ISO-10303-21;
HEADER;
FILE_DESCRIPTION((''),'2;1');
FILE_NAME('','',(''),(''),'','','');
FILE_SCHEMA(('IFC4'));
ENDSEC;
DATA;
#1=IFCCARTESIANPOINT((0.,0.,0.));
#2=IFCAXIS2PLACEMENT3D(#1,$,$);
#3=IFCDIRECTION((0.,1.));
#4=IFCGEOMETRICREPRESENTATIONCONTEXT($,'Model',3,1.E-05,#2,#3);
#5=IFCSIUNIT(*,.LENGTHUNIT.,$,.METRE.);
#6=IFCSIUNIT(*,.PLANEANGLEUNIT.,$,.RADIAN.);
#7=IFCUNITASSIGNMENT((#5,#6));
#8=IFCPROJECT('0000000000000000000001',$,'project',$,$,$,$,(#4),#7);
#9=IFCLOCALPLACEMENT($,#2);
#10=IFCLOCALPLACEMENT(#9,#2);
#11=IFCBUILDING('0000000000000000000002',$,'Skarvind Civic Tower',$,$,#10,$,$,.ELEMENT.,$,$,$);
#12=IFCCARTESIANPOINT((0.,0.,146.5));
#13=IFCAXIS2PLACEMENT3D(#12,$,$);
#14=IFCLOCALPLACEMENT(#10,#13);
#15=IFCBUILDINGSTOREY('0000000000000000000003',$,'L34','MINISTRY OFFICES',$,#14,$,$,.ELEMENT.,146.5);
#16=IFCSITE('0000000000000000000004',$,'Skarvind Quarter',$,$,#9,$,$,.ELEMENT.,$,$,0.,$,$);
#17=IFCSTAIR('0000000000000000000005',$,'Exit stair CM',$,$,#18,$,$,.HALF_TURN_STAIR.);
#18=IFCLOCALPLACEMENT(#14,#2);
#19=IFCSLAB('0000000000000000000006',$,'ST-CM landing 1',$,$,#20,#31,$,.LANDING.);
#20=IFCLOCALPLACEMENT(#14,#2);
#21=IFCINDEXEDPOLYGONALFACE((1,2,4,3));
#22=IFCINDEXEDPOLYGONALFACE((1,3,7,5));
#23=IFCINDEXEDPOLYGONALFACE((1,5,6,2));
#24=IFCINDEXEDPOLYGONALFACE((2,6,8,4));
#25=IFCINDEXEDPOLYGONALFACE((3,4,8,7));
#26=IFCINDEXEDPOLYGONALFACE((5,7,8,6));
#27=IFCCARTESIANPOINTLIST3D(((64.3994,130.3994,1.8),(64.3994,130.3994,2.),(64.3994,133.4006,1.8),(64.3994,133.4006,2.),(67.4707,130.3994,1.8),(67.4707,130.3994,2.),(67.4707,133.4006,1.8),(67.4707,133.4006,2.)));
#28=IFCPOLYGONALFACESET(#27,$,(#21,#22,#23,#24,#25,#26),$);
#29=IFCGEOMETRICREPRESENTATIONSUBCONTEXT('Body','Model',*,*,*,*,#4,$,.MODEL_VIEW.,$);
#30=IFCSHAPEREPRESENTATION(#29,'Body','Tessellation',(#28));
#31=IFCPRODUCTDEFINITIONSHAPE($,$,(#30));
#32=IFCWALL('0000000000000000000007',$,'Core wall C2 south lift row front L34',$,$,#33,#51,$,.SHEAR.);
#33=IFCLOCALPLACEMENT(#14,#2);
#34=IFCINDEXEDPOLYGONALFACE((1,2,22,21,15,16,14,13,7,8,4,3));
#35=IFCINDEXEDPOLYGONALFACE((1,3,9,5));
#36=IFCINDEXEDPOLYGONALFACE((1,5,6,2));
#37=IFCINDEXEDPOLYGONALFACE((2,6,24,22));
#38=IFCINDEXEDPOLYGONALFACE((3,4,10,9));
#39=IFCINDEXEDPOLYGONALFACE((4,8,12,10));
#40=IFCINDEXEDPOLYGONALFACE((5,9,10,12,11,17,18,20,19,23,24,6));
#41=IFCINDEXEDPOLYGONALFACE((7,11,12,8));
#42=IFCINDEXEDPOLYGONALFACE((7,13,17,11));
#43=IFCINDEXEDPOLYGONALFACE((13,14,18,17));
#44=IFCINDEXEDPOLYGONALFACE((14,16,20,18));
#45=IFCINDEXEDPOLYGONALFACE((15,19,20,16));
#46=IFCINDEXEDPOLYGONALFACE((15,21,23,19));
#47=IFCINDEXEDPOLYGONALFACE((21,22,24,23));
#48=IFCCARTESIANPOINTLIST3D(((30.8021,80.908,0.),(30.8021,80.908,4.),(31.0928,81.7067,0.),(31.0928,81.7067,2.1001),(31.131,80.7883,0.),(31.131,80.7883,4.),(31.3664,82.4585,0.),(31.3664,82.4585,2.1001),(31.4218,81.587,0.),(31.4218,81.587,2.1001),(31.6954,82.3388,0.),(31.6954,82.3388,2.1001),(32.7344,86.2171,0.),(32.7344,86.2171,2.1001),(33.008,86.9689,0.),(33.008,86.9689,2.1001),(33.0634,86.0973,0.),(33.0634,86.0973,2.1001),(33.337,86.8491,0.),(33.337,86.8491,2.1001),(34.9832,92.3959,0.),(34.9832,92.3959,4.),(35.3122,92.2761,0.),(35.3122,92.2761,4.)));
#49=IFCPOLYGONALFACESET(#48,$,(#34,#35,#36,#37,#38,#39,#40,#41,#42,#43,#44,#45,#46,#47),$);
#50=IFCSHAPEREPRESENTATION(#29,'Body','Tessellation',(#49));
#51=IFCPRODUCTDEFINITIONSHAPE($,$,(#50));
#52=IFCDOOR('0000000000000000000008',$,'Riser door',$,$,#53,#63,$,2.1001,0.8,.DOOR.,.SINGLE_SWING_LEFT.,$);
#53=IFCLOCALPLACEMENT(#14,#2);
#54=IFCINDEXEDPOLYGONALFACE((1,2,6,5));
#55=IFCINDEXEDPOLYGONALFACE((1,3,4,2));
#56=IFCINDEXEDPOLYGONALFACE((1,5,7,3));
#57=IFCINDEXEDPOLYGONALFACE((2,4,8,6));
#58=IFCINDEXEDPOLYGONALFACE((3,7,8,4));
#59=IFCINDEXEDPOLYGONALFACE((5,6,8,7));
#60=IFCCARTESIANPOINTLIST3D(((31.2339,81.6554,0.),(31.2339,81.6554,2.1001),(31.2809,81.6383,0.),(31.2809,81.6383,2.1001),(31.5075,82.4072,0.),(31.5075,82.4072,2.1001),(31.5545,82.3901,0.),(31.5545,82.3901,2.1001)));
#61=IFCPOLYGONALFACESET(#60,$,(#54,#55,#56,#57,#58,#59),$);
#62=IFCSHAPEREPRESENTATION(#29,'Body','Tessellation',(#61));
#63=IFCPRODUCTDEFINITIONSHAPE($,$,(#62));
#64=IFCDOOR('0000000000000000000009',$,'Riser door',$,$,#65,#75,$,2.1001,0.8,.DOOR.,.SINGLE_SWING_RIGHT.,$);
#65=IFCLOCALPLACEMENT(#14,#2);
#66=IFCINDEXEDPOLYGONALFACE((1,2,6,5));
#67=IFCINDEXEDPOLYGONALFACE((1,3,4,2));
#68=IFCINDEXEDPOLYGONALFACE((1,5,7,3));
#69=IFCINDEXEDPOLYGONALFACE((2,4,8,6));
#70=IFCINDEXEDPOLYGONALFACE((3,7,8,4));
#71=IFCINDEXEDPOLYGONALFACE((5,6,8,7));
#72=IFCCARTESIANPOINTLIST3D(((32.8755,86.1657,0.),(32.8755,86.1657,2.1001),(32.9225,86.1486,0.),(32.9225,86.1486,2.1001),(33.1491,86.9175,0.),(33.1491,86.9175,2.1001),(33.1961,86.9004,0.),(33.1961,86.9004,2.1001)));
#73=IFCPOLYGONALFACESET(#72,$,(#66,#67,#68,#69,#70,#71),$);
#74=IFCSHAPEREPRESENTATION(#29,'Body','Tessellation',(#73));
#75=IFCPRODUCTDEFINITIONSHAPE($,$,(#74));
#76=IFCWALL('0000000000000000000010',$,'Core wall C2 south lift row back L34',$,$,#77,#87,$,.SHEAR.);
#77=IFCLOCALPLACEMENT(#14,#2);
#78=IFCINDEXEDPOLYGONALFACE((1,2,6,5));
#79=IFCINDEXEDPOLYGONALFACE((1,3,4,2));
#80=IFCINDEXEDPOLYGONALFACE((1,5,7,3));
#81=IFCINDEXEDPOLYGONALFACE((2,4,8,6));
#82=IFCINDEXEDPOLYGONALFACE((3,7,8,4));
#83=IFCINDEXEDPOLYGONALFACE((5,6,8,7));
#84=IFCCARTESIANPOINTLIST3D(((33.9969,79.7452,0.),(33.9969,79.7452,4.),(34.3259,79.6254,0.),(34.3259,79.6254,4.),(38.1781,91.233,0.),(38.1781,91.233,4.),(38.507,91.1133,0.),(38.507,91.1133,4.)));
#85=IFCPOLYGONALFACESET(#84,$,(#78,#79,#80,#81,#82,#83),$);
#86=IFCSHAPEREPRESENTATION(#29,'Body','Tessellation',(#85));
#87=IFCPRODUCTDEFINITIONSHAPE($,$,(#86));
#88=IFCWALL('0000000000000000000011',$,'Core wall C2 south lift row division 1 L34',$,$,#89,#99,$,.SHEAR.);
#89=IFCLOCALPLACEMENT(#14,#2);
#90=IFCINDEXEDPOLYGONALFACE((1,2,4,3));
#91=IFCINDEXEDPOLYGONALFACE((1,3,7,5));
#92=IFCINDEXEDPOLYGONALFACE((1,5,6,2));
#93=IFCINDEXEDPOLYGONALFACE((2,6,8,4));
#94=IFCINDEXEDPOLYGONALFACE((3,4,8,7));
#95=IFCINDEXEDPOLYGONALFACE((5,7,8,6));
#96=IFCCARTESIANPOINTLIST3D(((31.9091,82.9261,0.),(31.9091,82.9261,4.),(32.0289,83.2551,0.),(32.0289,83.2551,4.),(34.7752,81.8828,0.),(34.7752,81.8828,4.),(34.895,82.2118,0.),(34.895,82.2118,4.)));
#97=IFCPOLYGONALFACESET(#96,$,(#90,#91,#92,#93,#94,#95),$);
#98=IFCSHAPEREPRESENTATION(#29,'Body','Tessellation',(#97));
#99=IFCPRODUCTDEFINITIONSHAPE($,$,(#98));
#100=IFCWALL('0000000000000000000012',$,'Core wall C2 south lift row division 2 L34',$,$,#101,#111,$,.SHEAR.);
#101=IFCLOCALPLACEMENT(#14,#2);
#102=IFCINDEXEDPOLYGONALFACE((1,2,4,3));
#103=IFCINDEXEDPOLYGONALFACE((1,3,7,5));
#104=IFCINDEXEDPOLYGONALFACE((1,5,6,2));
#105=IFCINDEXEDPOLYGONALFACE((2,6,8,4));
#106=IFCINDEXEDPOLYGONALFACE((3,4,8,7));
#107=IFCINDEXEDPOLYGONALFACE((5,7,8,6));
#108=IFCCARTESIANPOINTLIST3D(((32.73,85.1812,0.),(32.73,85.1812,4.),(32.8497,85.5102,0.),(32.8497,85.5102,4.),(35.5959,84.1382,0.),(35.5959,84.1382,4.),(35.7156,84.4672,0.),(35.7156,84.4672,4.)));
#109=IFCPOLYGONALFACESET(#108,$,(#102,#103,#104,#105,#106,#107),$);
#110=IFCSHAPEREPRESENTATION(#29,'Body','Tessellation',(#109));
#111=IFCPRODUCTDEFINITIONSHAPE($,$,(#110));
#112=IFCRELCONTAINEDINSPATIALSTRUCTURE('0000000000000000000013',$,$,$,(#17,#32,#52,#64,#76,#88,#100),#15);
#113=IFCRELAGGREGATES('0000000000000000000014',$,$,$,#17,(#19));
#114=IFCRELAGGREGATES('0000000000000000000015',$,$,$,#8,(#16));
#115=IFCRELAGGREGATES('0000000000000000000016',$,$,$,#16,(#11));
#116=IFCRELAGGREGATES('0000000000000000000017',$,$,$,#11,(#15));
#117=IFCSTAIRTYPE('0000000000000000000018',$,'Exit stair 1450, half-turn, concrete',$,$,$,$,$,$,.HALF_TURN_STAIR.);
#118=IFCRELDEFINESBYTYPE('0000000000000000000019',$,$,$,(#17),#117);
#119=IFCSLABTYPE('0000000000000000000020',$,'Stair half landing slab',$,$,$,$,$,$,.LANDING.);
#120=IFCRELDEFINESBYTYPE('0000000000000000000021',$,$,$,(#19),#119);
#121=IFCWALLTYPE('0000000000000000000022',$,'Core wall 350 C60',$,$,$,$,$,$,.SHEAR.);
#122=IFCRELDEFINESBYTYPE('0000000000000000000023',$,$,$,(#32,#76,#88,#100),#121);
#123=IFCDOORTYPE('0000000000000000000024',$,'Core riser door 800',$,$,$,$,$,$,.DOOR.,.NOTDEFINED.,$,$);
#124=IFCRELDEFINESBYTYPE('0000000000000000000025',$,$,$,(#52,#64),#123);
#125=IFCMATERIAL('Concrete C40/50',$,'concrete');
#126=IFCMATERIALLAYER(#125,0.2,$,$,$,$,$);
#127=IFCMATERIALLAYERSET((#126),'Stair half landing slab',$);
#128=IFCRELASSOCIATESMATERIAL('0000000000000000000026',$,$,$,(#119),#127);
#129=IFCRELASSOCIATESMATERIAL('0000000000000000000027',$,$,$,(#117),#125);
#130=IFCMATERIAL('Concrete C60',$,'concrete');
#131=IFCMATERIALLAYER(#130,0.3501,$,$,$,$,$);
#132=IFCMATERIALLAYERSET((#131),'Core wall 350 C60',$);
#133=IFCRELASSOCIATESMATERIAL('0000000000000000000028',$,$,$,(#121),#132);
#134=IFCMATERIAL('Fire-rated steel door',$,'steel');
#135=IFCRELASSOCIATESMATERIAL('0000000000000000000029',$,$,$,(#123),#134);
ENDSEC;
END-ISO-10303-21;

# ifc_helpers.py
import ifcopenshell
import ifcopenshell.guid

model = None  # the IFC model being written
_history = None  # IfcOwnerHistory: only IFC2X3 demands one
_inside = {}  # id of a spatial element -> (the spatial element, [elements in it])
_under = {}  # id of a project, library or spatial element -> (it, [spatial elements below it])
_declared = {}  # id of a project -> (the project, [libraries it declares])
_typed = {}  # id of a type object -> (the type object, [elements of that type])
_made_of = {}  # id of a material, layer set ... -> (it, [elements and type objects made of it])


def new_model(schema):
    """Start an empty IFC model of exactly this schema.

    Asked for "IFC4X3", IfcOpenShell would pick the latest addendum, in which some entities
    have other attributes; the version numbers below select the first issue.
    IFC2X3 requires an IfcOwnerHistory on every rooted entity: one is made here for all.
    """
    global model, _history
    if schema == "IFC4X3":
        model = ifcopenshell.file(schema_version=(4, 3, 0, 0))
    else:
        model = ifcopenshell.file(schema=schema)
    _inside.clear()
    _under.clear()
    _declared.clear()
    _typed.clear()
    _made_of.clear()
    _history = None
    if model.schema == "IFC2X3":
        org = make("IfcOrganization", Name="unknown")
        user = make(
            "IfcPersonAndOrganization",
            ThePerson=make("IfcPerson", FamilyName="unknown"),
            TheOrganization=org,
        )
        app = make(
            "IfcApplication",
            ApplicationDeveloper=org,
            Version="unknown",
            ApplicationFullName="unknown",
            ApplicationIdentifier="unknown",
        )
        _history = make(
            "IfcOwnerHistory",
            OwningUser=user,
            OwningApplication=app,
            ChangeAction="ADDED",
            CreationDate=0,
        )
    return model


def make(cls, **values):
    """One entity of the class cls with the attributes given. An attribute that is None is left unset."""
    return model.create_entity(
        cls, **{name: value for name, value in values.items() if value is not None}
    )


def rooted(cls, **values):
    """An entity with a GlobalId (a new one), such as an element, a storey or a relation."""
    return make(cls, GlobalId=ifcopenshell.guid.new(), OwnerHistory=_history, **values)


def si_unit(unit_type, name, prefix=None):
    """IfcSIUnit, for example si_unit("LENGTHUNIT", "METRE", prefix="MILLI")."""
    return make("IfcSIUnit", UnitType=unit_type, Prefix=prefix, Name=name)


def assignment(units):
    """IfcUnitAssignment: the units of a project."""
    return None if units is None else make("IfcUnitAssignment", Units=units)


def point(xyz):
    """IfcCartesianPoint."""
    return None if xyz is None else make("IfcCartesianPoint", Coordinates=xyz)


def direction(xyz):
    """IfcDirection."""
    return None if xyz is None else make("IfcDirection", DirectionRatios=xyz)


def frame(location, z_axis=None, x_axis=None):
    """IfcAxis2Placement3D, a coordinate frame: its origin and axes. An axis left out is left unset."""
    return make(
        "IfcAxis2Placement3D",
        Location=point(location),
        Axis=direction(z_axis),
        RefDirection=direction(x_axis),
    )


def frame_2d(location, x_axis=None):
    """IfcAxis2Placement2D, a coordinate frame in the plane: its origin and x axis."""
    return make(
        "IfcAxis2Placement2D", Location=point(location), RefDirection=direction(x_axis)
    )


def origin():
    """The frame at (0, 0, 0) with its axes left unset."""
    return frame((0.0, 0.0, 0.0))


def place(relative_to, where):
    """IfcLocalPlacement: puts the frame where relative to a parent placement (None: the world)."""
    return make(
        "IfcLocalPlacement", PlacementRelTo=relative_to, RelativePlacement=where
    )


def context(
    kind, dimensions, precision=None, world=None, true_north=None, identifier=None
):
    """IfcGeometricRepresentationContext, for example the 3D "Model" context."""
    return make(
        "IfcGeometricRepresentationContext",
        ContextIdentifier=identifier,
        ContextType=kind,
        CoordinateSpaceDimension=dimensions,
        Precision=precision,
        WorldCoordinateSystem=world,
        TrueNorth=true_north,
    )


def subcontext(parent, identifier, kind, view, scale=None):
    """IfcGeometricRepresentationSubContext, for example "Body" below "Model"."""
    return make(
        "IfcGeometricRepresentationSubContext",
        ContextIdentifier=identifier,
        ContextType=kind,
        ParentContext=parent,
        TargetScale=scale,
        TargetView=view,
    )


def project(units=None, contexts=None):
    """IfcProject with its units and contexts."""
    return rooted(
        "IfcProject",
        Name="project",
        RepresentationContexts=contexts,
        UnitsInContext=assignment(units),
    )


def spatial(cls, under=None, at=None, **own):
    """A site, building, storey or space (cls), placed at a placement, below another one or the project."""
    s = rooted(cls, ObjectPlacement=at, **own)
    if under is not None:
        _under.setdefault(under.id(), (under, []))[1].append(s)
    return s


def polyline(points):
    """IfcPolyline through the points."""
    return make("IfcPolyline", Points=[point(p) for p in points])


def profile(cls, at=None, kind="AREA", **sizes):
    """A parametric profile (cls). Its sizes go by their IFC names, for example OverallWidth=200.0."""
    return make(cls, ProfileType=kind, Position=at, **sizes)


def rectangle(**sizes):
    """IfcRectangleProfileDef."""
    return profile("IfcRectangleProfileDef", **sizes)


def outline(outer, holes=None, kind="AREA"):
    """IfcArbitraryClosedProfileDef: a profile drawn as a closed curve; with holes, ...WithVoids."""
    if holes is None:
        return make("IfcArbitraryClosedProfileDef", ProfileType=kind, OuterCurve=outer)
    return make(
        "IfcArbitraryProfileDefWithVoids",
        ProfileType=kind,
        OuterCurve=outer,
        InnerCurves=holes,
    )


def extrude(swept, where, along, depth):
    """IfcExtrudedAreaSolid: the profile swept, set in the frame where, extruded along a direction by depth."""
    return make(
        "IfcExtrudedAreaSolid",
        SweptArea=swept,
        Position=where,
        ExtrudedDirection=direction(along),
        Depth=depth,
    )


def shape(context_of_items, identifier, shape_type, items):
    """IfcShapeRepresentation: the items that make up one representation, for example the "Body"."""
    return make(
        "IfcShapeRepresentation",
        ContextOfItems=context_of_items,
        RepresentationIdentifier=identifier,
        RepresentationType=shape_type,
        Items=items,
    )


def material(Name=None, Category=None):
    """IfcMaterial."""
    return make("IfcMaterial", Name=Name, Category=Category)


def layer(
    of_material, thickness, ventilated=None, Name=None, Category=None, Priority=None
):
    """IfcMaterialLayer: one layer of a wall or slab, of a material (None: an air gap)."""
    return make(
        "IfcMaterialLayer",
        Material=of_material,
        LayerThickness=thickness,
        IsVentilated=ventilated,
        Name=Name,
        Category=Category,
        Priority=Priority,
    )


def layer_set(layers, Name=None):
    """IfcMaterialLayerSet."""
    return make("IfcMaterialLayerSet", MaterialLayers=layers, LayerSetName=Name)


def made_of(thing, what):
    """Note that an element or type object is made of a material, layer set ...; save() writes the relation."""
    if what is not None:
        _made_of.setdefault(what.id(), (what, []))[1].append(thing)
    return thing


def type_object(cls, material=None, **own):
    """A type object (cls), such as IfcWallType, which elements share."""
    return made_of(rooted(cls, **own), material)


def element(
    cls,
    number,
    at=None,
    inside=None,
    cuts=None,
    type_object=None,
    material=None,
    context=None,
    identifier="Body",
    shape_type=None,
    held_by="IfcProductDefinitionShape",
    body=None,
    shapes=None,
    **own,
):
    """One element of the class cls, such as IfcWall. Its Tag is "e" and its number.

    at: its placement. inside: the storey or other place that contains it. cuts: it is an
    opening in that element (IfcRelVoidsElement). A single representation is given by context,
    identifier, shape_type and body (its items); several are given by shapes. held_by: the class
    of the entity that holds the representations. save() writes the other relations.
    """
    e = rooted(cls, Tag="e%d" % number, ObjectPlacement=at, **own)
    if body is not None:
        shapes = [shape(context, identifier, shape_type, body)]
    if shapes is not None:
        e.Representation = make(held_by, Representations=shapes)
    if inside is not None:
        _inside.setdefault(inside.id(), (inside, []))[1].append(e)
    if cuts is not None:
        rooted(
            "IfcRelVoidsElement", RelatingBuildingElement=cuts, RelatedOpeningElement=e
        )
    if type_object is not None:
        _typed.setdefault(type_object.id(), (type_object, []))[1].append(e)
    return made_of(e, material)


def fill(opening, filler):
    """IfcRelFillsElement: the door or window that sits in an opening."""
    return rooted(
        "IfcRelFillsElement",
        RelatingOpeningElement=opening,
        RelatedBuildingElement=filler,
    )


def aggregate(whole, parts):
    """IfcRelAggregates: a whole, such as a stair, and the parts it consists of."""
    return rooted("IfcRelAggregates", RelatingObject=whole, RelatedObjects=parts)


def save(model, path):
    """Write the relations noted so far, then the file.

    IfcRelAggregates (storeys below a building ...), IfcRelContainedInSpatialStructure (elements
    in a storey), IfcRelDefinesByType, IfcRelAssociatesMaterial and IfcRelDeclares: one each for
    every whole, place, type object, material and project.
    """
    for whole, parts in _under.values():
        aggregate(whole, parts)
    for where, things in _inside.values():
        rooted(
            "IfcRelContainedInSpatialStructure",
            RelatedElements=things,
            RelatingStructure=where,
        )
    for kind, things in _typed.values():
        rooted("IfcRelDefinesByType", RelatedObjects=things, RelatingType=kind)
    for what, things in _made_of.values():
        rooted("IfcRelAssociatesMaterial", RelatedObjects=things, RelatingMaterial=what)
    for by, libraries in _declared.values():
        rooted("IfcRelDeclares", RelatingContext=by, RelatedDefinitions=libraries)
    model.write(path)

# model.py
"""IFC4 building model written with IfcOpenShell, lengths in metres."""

from ifc_helpers import new_model, si_unit, direction, frame, frame_2d, origin, place, context, subcontext, project, spatial, polyline, rectangle, outline, extrude, material, layer, layer_set, type_object, element, fill, aggregate, save


model = new_model("IFC4")

# Units and contexts
model_context = context("Model", 3, precision=1e-05, world=origin(), true_north=direction((0.0, 1.0)))
body_context = subcontext(model_context, "Body", "Model", "MODEL_VIEW")
ifc_project = project(units=[si_unit("LENGTHUNIT", "METRE"), si_unit("PLANEANGLEUNIT", "RADIAN")], contexts=[model_context])

# Site, building, storey
site_placement = place(None, origin())
site = spatial("IfcSite", under=ifc_project, at=site_placement, Name="Skarvind Quarter", CompositionType="ELEMENT", RefElevation=0.0)
building_placement = place(site_placement, origin())
building = spatial("IfcBuilding", under=site, at=building_placement, Name="Skarvind Civic Tower", CompositionType="ELEMENT")
storey_placement = place(building_placement, frame((0.0, 0.0, 146.5)))
storey = spatial("IfcBuildingStorey", under=building, at=storey_placement, Name="L34", Description="MINISTRY OFFICES", CompositionType="ELEMENT", Elevation=146.5)

# Shared definitions
ifc_material_1 = material(Name="Concrete C40/50", Category="concrete")

# Stair, slab
ifc_layer_1 = layer(ifc_material_1, 0.2)
ifc_layer_set_1 = layer_set([ifc_layer_1], Name="Stair half landing slab")
slab_type_1 = type_object("IfcSlabType", Name="Stair half landing slab", PredefinedType="LANDING", material=ifc_layer_set_1)
stair_type_1 = type_object("IfcStairType", Name="Exit stair 1450, half-turn, concrete", PredefinedType="HALF_TURN_STAIR", material=ifc_material_1)
stair_1_placement = place(storey_placement, origin())
stair_1 = element("IfcStair", 1, at=stair_1_placement, inside=storey, type_object=stair_type_1, Name="Exit stair CM", PredefinedType="HALF_TURN_STAIR")
slab_1_placement = place(storey_placement, frame((0.0, 0.0, 1.8)))
slab_1 = element("IfcSlab", 2, at=slab_1_placement, type_object=slab_type_1, Name="ST-CM landing 1", PredefinedType="LANDING", context=body_context, shape_type="SweptSolid", body=[
    extrude(outline(polyline([(67.4707, 133.4006), (67.4707, 130.3994), (64.3994, 130.3994), (64.3994, 133.4006), (67.4707, 133.4006)])), origin(), (0.0, 0.0, 1.0), 0.2),
])
aggregate(stair_1, [slab_1])

# Wall, openings, doors
ifc_material_2 = material(Name="Concrete C60", Category="concrete")
ifc_layer_2 = layer(ifc_material_2, 0.3501)
ifc_layer_set_2 = layer_set([ifc_layer_2], Name="Core wall 350 C60")
wall_type_1 = type_object("IfcWallType", Name="Core wall 350 C60", PredefinedType="SHEAR", material=ifc_layer_set_2)
wall_1_placement = place(storey_placement, frame((30.9666, 80.8481, 0.0), z_axis=(0.0, 0.0, 1.0), x_axis=(0.342016, 0.939694, 0.0)))
wall_1 = element("IfcWall", 3, at=wall_1_placement, inside=storey, type_object=wall_type_1, Name="Core wall C2 south lift row front L34", PredefinedType="SHEAR", context=body_context, shape_type="SweptSolid", body=[
    extrude(rectangle(XDim=12.2251, YDim=0.3501, at=frame_2d((6.1125, 0.0))), origin(), (0.0, 0.0, 1.0), 4.0),
])
opening_1_placement = place(wall_1_placement, frame((0.8501, 0.0, 0.0)))
opening_1 = element("IfcOpeningElement", 4, at=opening_1_placement, cuts=wall_1, PredefinedType="OPENING", context=body_context, shape_type="SweptSolid", body=[
    extrude(rectangle(XDim=0.8, YDim=2.1001, at=frame_2d((0.3999, 1.05))), frame((0.0, 0.1851, 0.0), z_axis=(0.0, -1.0, 0.0), x_axis=(1.0, 0.0, 0.0)), (0.0, 0.0, 1.0), 0.3701),
])
opening_2_placement = place(wall_1_placement, frame((5.6499, 0.0, 0.0)))
opening_2 = element("IfcOpeningElement", 5, at=opening_2_placement, cuts=wall_1, PredefinedType="OPENING", context=body_context, shape_type="SweptSolid", body=[
    extrude(rectangle(XDim=0.8, YDim=2.1001, at=frame_2d((0.3999, 1.05))), frame((0.0, 0.1851, 0.0), z_axis=(0.0, -1.0, 0.0), x_axis=(1.0, 0.0, 0.0)), (0.0, 0.0, 1.0), 0.3701),
])
ifc_material_3 = material(Name="Fire-rated steel door", Category="steel")
door_type_1 = type_object("IfcDoorType", Name="Core riser door 800", OperationType="NOTDEFINED", PredefinedType="DOOR", material=ifc_material_3)
door_1_placement = place(opening_1_placement, origin())
door_1 = element("IfcDoor", 6, at=door_1_placement, inside=storey, type_object=door_type_1, Name="Riser door", OperationType="SINGLE_SWING_LEFT", OverallHeight=2.1001, OverallWidth=0.8, PredefinedType="DOOR", context=body_context, shape_type="SweptSolid", body=[
    extrude(rectangle(XDim=0.8, YDim=2.1001, at=frame_2d((0.3999, 1.05))), frame((0.0, 0.0249, 0.0), z_axis=(0.0, -1.0, 0.0), x_axis=(1.0, 0.0, 0.0)), (0.0, 0.0, 1.0), 0.05),
])
fill(opening_1, door_1)
door_2_placement = place(opening_2_placement, origin())
door_2 = element("IfcDoor", 7, at=door_2_placement, inside=storey, type_object=door_type_1, Name="Riser door", OperationType="SINGLE_SWING_RIGHT", OverallHeight=2.1001, OverallWidth=0.8, PredefinedType="DOOR", context=body_context, shape_type="SweptSolid", body=[
    extrude(rectangle(XDim=0.8, YDim=2.1001, at=frame_2d((0.3999, 1.05))), frame((0.0, 0.0249, 0.0), z_axis=(0.0, -1.0, 0.0), x_axis=(1.0, 0.0, 0.0)), (0.0, 0.0, 1.0), 0.05),
])
fill(opening_2, door_2)

# Walls
wall_2_placement = place(storey_placement, frame((34.1614, 79.6853, 0.0), z_axis=(0.0, 0.0, 1.0), x_axis=(0.342016, 0.939694, 0.0)))
element("IfcWall", 8, at=wall_2_placement, inside=storey, type_object=wall_type_1, Name="Core wall C2 south lift row back L34", PredefinedType="SHEAR", context=body_context, shape_type="SweptSolid", body=[
    extrude(rectangle(XDim=12.2251, YDim=0.3501, at=frame_2d((6.1125, 0.0))), origin(), (0.0, 0.0, 1.0), 4.0),
])
wall_3_placement = place(storey_placement, frame((34.835, 82.0474, 0.0), z_axis=(0.0, 0.0, 1.0), x_axis=(-0.939684, 0.342045, 0.0)))
element("IfcWall", 9, at=wall_3_placement, inside=storey, type_object=wall_type_1, Name="Core wall C2 south lift row division 1 L34", PredefinedType="SHEAR", context=body_context, shape_type="SweptSolid", body=[
    extrude(rectangle(XDim=3.05, YDim=0.3501, at=frame_2d((1.5249, 0.0))), origin(), (0.0, 0.0, 1.0), 4.0),
])
wall_4_placement = place(storey_placement, frame((35.6558, 84.3027, 0.0), z_axis=(0.0, 0.0, 1.0), x_axis=(-0.939709, 0.341974, 0.0)))
element("IfcWall", 10, at=wall_4_placement, inside=storey, type_object=wall_type_1, Name="Core wall C2 south lift row division 2 L34", PredefinedType="SHEAR", context=body_context, shape_type="SweptSolid", body=[
    extrude(rectangle(XDim=3.0498, YDim=0.3501, at=frame_2d((1.5249, 0.0))), origin(), (0.0, 0.0, 1.0), 4.0),
])

save(model, "model.ifc")
